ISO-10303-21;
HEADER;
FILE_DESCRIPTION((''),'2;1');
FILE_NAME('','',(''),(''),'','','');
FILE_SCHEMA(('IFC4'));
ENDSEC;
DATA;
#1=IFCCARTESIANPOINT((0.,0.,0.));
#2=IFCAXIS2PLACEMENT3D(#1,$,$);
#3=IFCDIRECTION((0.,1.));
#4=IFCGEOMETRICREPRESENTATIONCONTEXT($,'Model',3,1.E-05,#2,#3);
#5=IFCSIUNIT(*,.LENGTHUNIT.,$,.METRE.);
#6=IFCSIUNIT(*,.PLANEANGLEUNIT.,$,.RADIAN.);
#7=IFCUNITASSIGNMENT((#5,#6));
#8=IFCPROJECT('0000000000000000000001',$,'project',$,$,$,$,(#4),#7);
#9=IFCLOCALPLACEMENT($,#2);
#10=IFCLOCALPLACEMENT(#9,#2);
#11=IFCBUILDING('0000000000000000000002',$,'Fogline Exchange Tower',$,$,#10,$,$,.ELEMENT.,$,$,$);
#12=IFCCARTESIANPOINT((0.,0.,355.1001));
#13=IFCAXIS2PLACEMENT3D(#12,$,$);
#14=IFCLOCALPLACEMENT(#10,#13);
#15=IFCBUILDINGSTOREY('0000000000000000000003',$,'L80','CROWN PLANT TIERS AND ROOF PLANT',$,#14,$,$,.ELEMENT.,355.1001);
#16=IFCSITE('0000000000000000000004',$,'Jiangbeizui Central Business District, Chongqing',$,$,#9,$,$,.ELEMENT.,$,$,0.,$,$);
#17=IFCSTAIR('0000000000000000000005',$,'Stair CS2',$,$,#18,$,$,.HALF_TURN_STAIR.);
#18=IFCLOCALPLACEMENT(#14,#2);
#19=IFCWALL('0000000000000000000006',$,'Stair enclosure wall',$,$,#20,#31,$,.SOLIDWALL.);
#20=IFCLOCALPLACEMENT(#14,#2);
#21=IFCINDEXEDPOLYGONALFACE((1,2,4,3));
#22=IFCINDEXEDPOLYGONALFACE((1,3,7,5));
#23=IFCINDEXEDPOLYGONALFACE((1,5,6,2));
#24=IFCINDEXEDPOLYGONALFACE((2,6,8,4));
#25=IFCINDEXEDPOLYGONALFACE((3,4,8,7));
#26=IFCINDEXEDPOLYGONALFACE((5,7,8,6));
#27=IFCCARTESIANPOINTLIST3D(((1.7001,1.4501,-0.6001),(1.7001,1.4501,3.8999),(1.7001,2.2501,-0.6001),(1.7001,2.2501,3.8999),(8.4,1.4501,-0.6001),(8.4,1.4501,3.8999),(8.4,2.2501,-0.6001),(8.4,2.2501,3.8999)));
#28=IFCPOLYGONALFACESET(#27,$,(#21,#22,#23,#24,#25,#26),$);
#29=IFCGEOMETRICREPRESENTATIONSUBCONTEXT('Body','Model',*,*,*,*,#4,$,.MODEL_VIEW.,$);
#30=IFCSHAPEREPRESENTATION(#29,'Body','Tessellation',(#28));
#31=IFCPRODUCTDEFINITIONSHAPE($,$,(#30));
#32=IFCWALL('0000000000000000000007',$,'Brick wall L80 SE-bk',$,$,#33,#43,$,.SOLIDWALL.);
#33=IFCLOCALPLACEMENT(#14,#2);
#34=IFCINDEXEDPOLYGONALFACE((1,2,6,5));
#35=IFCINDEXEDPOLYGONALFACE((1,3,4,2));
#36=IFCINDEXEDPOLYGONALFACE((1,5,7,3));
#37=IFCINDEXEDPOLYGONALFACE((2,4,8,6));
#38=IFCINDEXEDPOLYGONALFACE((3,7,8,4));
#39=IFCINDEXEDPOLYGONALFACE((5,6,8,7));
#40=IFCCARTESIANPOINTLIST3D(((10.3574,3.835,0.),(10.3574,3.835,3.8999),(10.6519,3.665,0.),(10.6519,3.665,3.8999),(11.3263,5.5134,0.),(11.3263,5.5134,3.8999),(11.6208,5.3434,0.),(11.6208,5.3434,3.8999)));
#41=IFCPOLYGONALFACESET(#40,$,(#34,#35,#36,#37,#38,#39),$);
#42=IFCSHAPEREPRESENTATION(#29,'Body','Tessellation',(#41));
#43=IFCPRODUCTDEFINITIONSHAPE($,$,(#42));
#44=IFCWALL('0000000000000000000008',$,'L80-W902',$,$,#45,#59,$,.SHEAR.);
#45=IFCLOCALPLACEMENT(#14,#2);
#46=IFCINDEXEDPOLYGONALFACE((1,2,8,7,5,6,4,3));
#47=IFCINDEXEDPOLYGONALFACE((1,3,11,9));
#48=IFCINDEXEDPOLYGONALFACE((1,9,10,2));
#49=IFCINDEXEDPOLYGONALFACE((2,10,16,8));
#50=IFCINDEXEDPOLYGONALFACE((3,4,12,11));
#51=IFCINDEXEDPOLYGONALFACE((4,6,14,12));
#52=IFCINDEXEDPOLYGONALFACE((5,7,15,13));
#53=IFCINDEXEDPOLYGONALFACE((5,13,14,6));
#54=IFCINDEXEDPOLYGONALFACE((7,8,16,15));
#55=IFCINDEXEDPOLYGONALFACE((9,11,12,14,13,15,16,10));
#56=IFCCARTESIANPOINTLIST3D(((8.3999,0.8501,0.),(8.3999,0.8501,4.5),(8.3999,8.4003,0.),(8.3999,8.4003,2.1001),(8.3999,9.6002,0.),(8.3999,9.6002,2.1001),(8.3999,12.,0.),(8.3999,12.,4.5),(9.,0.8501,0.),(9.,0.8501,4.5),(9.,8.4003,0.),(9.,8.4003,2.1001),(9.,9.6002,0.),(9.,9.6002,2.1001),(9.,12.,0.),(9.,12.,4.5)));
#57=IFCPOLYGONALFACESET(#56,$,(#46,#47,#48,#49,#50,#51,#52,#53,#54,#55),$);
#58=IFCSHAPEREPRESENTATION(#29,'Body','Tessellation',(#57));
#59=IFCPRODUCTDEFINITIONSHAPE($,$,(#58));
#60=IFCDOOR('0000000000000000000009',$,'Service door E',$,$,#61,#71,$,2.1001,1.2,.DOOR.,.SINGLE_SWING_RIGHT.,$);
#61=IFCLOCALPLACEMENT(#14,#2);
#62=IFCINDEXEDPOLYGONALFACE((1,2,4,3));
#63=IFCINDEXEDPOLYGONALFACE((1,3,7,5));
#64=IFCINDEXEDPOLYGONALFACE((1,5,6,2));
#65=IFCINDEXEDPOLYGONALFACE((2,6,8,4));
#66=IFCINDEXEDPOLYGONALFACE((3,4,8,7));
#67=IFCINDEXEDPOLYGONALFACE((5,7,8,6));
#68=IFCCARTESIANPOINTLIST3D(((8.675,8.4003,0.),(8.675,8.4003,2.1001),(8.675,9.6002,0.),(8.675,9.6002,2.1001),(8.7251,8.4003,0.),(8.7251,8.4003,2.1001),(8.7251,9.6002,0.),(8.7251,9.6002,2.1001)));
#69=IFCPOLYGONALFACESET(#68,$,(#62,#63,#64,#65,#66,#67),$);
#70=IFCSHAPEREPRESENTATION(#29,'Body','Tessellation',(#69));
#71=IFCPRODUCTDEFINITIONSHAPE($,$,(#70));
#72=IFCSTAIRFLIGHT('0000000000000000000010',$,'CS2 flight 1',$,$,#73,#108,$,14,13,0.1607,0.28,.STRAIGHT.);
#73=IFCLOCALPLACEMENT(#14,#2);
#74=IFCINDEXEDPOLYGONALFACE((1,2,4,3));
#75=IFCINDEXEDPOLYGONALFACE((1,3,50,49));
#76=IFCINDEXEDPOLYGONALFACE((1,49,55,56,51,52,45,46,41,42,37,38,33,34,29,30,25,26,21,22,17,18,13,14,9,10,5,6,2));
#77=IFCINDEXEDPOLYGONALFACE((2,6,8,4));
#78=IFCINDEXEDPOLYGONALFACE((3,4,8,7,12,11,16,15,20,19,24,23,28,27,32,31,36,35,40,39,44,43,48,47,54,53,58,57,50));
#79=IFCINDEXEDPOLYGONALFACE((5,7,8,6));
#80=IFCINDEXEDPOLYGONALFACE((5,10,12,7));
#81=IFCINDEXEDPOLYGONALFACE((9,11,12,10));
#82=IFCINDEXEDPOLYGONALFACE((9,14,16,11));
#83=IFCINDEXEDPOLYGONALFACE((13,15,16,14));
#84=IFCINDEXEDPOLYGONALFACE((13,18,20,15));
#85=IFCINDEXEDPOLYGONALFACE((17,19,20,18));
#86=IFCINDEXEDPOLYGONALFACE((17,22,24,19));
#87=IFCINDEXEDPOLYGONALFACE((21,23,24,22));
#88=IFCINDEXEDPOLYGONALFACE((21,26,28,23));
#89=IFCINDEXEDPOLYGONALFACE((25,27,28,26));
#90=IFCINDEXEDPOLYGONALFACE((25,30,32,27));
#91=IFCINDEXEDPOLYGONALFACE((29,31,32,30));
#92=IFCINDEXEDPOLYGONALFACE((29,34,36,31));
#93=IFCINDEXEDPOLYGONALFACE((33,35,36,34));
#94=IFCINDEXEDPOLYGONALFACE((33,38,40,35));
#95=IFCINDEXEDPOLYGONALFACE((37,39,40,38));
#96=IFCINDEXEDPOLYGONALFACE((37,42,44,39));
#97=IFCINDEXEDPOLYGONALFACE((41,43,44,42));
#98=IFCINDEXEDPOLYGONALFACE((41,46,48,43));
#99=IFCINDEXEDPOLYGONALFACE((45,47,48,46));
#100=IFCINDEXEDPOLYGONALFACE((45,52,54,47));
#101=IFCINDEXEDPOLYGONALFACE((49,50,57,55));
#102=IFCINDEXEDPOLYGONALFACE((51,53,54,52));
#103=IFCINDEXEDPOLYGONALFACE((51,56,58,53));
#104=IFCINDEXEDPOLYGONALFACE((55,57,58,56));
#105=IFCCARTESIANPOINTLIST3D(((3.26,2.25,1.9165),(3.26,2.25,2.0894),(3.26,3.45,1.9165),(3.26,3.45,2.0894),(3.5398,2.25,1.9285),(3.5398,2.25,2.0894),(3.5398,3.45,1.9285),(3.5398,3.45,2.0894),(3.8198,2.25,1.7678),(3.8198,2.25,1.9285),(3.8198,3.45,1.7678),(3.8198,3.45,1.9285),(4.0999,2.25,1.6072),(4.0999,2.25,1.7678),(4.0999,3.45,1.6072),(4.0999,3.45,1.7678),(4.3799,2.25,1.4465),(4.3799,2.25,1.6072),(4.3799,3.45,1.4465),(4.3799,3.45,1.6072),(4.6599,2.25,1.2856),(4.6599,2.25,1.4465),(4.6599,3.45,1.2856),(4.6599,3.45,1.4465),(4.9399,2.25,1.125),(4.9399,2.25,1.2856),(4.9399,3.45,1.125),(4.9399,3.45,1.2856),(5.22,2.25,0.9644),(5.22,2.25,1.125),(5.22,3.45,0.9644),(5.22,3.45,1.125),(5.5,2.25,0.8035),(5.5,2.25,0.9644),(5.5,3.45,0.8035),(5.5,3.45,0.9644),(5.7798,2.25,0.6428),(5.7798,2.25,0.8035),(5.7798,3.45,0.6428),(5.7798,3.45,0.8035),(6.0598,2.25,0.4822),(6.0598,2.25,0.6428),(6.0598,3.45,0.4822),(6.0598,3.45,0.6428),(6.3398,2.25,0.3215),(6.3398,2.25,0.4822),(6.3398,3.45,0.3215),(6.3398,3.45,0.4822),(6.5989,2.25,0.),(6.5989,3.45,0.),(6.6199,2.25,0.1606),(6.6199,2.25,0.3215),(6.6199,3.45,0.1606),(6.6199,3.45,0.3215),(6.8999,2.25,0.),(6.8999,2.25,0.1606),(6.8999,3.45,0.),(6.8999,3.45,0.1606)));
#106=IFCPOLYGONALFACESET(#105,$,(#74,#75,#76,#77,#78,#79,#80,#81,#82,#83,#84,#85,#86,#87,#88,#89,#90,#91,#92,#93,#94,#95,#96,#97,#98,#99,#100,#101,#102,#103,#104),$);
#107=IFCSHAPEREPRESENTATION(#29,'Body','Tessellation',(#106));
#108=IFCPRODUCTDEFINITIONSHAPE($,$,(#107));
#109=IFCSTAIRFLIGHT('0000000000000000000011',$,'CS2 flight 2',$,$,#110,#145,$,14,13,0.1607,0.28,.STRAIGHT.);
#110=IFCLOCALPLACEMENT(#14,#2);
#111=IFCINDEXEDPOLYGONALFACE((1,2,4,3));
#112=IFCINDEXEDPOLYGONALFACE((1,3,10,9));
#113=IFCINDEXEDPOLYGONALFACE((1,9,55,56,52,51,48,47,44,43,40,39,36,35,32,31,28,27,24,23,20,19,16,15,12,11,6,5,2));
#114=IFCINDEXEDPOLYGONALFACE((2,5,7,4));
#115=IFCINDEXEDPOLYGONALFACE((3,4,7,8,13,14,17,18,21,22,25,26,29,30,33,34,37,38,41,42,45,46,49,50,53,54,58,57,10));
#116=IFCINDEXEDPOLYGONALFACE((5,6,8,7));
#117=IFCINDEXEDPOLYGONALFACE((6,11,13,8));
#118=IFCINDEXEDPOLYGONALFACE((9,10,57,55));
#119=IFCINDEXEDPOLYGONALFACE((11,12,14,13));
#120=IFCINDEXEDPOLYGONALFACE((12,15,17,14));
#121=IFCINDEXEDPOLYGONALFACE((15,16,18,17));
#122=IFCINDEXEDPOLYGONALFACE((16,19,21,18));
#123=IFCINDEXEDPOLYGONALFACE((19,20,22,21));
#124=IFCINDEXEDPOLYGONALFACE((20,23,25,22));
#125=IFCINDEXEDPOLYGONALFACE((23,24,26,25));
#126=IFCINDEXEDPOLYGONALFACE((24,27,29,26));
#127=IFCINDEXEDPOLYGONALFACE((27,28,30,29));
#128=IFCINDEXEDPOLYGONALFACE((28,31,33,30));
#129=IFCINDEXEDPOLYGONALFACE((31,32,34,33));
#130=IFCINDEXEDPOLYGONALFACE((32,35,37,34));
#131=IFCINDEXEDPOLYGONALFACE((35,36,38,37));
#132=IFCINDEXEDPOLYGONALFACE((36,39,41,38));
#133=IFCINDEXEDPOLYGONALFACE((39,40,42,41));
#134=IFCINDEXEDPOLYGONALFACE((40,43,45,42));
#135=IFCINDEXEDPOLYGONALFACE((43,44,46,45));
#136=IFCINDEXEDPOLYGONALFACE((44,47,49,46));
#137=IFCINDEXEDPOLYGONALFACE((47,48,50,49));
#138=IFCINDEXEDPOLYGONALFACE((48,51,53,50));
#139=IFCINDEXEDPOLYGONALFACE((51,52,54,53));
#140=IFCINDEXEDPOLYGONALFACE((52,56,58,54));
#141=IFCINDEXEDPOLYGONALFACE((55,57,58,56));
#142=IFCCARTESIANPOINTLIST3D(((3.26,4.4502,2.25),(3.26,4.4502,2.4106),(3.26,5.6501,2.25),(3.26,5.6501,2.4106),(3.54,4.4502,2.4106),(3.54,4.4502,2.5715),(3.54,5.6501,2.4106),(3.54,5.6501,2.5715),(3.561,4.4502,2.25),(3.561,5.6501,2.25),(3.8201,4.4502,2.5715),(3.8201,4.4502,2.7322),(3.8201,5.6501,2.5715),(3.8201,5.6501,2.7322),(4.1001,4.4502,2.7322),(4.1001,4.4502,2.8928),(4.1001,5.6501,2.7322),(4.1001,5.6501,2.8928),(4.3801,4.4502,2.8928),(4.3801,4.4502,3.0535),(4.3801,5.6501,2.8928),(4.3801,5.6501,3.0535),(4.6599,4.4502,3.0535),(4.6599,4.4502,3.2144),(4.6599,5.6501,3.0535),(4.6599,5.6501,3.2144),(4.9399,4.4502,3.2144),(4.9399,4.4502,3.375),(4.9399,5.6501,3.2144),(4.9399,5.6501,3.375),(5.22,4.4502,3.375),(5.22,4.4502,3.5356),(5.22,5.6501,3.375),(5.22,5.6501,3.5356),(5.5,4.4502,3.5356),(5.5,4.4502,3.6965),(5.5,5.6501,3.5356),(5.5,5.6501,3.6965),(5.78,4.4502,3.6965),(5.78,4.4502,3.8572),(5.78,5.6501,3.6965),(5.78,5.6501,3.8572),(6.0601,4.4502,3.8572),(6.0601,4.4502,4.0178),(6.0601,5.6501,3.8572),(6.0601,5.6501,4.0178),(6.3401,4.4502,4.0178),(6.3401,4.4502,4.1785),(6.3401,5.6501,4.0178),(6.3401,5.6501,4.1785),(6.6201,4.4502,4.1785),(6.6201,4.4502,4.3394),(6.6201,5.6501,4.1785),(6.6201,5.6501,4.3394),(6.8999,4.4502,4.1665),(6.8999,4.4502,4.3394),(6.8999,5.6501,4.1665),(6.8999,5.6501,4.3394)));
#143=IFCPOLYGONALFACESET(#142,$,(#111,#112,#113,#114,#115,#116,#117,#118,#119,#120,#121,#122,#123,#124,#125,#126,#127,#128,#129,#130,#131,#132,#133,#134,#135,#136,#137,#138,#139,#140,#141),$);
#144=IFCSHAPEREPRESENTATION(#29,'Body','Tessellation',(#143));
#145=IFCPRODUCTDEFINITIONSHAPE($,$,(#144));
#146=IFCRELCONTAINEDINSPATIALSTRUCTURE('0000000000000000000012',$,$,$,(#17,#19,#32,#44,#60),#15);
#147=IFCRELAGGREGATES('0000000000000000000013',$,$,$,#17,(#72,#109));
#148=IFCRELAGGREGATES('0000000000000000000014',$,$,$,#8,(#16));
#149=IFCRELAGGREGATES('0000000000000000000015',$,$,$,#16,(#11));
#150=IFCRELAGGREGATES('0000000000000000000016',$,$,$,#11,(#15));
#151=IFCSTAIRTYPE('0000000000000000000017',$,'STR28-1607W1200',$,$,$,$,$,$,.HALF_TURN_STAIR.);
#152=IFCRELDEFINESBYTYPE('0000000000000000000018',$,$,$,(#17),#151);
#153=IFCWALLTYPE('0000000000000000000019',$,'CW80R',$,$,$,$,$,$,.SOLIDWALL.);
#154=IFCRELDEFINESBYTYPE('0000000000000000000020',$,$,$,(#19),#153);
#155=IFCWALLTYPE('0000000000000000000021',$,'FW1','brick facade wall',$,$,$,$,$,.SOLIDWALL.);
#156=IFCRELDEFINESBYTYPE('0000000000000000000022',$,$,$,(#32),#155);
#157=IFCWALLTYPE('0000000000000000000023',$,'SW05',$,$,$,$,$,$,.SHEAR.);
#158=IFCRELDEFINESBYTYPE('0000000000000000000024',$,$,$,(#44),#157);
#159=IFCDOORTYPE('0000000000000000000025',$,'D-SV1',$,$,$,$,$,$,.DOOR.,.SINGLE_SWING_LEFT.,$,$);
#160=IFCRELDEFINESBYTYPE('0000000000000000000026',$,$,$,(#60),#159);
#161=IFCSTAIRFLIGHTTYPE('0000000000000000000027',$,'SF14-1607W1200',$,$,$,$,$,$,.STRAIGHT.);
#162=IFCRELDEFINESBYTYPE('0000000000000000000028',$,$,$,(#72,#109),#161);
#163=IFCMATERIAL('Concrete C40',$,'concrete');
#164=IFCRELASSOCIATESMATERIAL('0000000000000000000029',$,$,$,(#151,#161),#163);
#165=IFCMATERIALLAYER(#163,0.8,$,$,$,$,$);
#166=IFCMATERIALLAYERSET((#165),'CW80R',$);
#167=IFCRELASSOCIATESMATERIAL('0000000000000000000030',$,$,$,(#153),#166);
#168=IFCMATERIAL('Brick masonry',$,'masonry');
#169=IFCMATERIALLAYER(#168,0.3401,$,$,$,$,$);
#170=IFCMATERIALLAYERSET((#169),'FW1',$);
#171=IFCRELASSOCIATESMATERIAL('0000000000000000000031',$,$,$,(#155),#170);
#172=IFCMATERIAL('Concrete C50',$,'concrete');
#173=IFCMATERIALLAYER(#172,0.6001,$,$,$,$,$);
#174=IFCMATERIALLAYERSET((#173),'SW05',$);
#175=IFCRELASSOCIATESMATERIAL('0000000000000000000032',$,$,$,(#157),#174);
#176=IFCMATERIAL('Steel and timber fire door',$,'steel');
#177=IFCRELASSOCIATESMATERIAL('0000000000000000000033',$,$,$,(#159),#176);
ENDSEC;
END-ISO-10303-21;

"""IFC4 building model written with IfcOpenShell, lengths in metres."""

from ifc_helpers import new_model, si_unit, direction, frame, frame_2d, origin, place, context, subcontext, project, spatial, polyline, rectangle, outline, extrude, material, layer, layer_set, type_object, element, fill, aggregate, save


model = new_model("IFC4")

# Units and contexts
model_context = context("Model", 3, precision=1e-05, world=origin(), true_north=direction((0.0, 1.0)))
body_context = subcontext(model_context, "Body", "Model", "MODEL_VIEW")
ifc_project = project(units=[si_unit("LENGTHUNIT", "METRE"), si_unit("PLANEANGLEUNIT", "RADIAN")], contexts=[model_context])

# Site, building, storey
site_placement = place(None, origin())
site = spatial("IfcSite", under=ifc_project, at=site_placement, Name="Jiangbeizui Central Business District, Chongqing", CompositionType="ELEMENT", RefElevation=0.0)
building_placement = place(site_placement, origin())
building = spatial("IfcBuilding", under=site, at=building_placement, Name="Fogline Exchange Tower", CompositionType="ELEMENT")
storey_placement = place(building_placement, frame((0.0, 0.0, 355.1001)))
storey = spatial("IfcBuildingStorey", under=building, at=storey_placement, Name="L80", Description="CROWN PLANT TIERS AND ROOF PLANT", CompositionType="ELEMENT", Elevation=355.1001)

# Shared definitions
ifc_material_1 = material(Name="Concrete C40", Category="concrete")

# Stair
stair_type = type_object("IfcStairType", Name="STR28-1607W1200", PredefinedType="HALF_TURN_STAIR", material=ifc_material_1)
stair_1_placement = place(storey_placement, origin())
stair_1 = element("IfcStair", 1, at=stair_1_placement, inside=storey, type_object=stair_type, Name="Stair CS2", PredefinedType="HALF_TURN_STAIR")

# Shared definitions
ifc_material_2 = material(Name="Steel and timber fire door", Category="steel")

# Walls
ifc_layer_1 = layer(ifc_material_1, 0.8)
ifc_layer_set_1 = layer_set([ifc_layer_1], Name="CW80R")
wall_type_1 = type_object("IfcWallType", Name="CW80R", PredefinedType="SOLIDWALL", material=ifc_layer_set_1)
wall_1_placement = place(storey_placement, frame((1.7, 1.8501, -0.6001), z_axis=(0.0, 0.0, 1.0), x_axis=(1.0, 0.0, 0.0)))
element("IfcWall", 2, at=wall_1_placement, inside=storey, type_object=wall_type_1, Name="Stair enclosure wall", PredefinedType="SOLIDWALL", context=body_context, shape_type="SweptSolid", body=[
    extrude(rectangle(XDim=6.7, YDim=0.8, at=frame_2d((3.3501, 0.0))), origin(), (0.0, 0.0, 1.0), 4.5),
])
ifc_material_3 = material(Name="Brick masonry", Category="masonry")
ifc_layer_2 = layer(ifc_material_3, 0.3401)
ifc_layer_set_2 = layer_set([ifc_layer_2], Name="FW1")
wall_type_2 = type_object("IfcWallType", Name="FW1", Description="brick facade wall", PredefinedType="SOLIDWALL", material=ifc_layer_set_2)
wall_2_placement = place(storey_placement, frame((10.5046, 3.75, 0.0), z_axis=(0.0, 0.0, 1.0), x_axis=(0.499973, 0.866041, 0.0)))
element("IfcWall", 3, at=wall_2_placement, inside=storey, type_object=wall_type_2, Name="Brick wall L80 SE-bk", PredefinedType="SOLIDWALL", context=body_context, shape_type="SweptSolid", body=[
    extrude(rectangle(XDim=1.938, YDim=0.3401, at=frame_2d((0.969, 0.0))), origin(), (0.0, 0.0, 1.0), 3.8999),
])

# Wall, opening, door
ifc_material_4 = material(Name="Concrete C50", Category="concrete")
ifc_layer_3 = layer(ifc_material_4, 0.6001)
ifc_layer_set_3 = layer_set([ifc_layer_3], Name="SW05")
wall_type_3 = type_object("IfcWallType", Name="SW05", PredefinedType="SHEAR", material=ifc_layer_set_3)
wall_3_placement = place(storey_placement, frame((8.7, 0.8501, 0.0), z_axis=(0.0, 0.0, 1.0), x_axis=(0.0, 1.0, 0.0)))
wall_3 = element("IfcWall", 4, at=wall_3_placement, inside=storey, type_object=wall_type_3, Name="L80-W902", PredefinedType="SHEAR", context=body_context, shape_type="SweptSolid", body=[
    extrude(rectangle(XDim=11.1499, YDim=0.6001, at=frame_2d((5.575, 0.0))), origin(), (0.0, 0.0, 1.0), 4.5),
])
opening_1_placement = place(wall_3_placement, frame((7.55, 0.0, 0.0)))
opening_1 = element("IfcOpeningElement", 5, at=opening_1_placement, cuts=wall_3, PredefinedType="OPENING", context=body_context, shape_type="SweptSolid", body=[
    extrude(rectangle(XDim=1.2, YDim=2.1001, at=frame_2d((0.6001, 1.05))), frame((0.0, 0.3101, 0.0), z_axis=(0.0, -1.0, 0.0), x_axis=(1.0, 0.0, 0.0)), (0.0, 0.0, 1.0), 0.6201),
])
door_type_1 = type_object("IfcDoorType", Name="D-SV1", OperationType="SINGLE_SWING_LEFT", PredefinedType="DOOR", material=ifc_material_2)
door_1_placement = place(opening_1_placement, origin())
door_1 = element("IfcDoor", 6, at=door_1_placement, inside=storey, type_object=door_type_1, Name="Service door E", OperationType="SINGLE_SWING_RIGHT", OverallHeight=2.1001, OverallWidth=1.2, PredefinedType="DOOR", context=body_context, shape_type="SweptSolid", body=[
    extrude(rectangle(XDim=1.2, YDim=2.1001, at=frame_2d((0.6001, 1.05))), frame((0.0, 0.0249, 0.0), z_axis=(0.0, -1.0, 0.0), x_axis=(1.0, 0.0, 0.0)), (0.0, 0.0, 1.0), 0.05),
])
fill(opening_1, door_1)

# Stair flights
stair_flight_type = type_object("IfcStairFlightType", Name="SF14-1607W1200", PredefinedType="STRAIGHT", material=ifc_material_1)
stair_flight_1_placement = place(storey_placement, frame((6.8999, 2.8501, 0.0), z_axis=(0.0, 0.0, 1.0), x_axis=(-1.0, 0.0, 0.0)))
stair_flight_1 = element("IfcStairFlight", 7, at=stair_flight_1_placement, type_object=stair_flight_type, Name="CS2 flight 1", NumberOfRisers=14, NumberOfTreads=13, PredefinedType="STRAIGHT", RiserHeight=0.1607, TreadLength=0.28, context=body_context, shape_type="SweptSolid", body=[
    extrude(outline(polyline([(0.0, 0.0), (0.0, 0.1606), (0.28, 0.1606), (0.28, 0.3215), (0.5601, 0.3215), (0.5601, 0.4822), (0.8401, 0.4822), (0.8401, 0.6428), (1.1201, 0.6428), (1.1201, 0.8035), (1.3999, 0.8035), (1.3999, 0.9644), (1.6799, 0.9644), (1.6799, 1.125), (1.96, 1.125), (1.96, 1.2856), (2.24, 1.2856), (2.24, 1.4465), (2.52, 1.4465), (2.52, 1.6072), (2.8, 1.6072), (2.8, 1.7678), (3.0801, 1.7678), (3.0801, 1.9285), (3.3601, 1.9285), (3.3601, 2.0894), (3.6399, 2.0894), (3.6399, 2.25), (3.6399, 1.9165), (0.301, 0.0), (0.0, 0.0)])), frame((0.0, 0.6001, 0.0), z_axis=(0.0, -1.0, 0.0), x_axis=(1.0, 0.0, 0.0)), (0.0, 0.0, 1.0), 1.2),
])
stair_flight_2_placement = place(storey_placement, frame((3.26, 5.05, 2.25), z_axis=(0.0, 0.0, 1.0), x_axis=(1.0, 0.0, 0.0)))
stair_flight_2 = element("IfcStairFlight", 8, at=stair_flight_2_placement, type_object=stair_flight_type, Name="CS2 flight 2", NumberOfRisers=14, NumberOfTreads=13, PredefinedType="STRAIGHT", RiserHeight=0.1607, TreadLength=0.28, context=body_context, shape_type="SweptSolid", body=[
    extrude(outline(polyline([(0.0, 0.0), (0.0, 0.1606), (0.28, 0.1606), (0.28, 0.3215), (0.5601, 0.3215), (0.5601, 0.4822), (0.8401, 0.4822), (0.8401, 0.6428), (1.1201, 0.6428), (1.1201, 0.8035), (1.3999, 0.8035), (1.3999, 0.9644), (1.6799, 0.9644), (1.6799, 1.125), (1.96, 1.125), (1.96, 1.2856), (2.24, 1.2856), (2.24, 1.4465), (2.52, 1.4465), (2.52, 1.6072), (2.8, 1.6072), (2.8, 1.7678), (3.0801, 1.7678), (3.0801, 1.9285), (3.3601, 1.9285), (3.3601, 2.0894), (3.6399, 2.0894), (3.6399, 2.25), (3.6399, 1.9165), (0.301, 0.0), (0.0, 0.0)])), frame((0.0, 0.6001, 0.0), z_axis=(0.0, -1.0, 0.0), x_axis=(1.0, 0.0, 0.0)), (0.0, 0.0, 1.0), 1.2),
])
aggregate(stair_1, [stair_flight_1, stair_flight_2])

save(model, "model.ifc")
